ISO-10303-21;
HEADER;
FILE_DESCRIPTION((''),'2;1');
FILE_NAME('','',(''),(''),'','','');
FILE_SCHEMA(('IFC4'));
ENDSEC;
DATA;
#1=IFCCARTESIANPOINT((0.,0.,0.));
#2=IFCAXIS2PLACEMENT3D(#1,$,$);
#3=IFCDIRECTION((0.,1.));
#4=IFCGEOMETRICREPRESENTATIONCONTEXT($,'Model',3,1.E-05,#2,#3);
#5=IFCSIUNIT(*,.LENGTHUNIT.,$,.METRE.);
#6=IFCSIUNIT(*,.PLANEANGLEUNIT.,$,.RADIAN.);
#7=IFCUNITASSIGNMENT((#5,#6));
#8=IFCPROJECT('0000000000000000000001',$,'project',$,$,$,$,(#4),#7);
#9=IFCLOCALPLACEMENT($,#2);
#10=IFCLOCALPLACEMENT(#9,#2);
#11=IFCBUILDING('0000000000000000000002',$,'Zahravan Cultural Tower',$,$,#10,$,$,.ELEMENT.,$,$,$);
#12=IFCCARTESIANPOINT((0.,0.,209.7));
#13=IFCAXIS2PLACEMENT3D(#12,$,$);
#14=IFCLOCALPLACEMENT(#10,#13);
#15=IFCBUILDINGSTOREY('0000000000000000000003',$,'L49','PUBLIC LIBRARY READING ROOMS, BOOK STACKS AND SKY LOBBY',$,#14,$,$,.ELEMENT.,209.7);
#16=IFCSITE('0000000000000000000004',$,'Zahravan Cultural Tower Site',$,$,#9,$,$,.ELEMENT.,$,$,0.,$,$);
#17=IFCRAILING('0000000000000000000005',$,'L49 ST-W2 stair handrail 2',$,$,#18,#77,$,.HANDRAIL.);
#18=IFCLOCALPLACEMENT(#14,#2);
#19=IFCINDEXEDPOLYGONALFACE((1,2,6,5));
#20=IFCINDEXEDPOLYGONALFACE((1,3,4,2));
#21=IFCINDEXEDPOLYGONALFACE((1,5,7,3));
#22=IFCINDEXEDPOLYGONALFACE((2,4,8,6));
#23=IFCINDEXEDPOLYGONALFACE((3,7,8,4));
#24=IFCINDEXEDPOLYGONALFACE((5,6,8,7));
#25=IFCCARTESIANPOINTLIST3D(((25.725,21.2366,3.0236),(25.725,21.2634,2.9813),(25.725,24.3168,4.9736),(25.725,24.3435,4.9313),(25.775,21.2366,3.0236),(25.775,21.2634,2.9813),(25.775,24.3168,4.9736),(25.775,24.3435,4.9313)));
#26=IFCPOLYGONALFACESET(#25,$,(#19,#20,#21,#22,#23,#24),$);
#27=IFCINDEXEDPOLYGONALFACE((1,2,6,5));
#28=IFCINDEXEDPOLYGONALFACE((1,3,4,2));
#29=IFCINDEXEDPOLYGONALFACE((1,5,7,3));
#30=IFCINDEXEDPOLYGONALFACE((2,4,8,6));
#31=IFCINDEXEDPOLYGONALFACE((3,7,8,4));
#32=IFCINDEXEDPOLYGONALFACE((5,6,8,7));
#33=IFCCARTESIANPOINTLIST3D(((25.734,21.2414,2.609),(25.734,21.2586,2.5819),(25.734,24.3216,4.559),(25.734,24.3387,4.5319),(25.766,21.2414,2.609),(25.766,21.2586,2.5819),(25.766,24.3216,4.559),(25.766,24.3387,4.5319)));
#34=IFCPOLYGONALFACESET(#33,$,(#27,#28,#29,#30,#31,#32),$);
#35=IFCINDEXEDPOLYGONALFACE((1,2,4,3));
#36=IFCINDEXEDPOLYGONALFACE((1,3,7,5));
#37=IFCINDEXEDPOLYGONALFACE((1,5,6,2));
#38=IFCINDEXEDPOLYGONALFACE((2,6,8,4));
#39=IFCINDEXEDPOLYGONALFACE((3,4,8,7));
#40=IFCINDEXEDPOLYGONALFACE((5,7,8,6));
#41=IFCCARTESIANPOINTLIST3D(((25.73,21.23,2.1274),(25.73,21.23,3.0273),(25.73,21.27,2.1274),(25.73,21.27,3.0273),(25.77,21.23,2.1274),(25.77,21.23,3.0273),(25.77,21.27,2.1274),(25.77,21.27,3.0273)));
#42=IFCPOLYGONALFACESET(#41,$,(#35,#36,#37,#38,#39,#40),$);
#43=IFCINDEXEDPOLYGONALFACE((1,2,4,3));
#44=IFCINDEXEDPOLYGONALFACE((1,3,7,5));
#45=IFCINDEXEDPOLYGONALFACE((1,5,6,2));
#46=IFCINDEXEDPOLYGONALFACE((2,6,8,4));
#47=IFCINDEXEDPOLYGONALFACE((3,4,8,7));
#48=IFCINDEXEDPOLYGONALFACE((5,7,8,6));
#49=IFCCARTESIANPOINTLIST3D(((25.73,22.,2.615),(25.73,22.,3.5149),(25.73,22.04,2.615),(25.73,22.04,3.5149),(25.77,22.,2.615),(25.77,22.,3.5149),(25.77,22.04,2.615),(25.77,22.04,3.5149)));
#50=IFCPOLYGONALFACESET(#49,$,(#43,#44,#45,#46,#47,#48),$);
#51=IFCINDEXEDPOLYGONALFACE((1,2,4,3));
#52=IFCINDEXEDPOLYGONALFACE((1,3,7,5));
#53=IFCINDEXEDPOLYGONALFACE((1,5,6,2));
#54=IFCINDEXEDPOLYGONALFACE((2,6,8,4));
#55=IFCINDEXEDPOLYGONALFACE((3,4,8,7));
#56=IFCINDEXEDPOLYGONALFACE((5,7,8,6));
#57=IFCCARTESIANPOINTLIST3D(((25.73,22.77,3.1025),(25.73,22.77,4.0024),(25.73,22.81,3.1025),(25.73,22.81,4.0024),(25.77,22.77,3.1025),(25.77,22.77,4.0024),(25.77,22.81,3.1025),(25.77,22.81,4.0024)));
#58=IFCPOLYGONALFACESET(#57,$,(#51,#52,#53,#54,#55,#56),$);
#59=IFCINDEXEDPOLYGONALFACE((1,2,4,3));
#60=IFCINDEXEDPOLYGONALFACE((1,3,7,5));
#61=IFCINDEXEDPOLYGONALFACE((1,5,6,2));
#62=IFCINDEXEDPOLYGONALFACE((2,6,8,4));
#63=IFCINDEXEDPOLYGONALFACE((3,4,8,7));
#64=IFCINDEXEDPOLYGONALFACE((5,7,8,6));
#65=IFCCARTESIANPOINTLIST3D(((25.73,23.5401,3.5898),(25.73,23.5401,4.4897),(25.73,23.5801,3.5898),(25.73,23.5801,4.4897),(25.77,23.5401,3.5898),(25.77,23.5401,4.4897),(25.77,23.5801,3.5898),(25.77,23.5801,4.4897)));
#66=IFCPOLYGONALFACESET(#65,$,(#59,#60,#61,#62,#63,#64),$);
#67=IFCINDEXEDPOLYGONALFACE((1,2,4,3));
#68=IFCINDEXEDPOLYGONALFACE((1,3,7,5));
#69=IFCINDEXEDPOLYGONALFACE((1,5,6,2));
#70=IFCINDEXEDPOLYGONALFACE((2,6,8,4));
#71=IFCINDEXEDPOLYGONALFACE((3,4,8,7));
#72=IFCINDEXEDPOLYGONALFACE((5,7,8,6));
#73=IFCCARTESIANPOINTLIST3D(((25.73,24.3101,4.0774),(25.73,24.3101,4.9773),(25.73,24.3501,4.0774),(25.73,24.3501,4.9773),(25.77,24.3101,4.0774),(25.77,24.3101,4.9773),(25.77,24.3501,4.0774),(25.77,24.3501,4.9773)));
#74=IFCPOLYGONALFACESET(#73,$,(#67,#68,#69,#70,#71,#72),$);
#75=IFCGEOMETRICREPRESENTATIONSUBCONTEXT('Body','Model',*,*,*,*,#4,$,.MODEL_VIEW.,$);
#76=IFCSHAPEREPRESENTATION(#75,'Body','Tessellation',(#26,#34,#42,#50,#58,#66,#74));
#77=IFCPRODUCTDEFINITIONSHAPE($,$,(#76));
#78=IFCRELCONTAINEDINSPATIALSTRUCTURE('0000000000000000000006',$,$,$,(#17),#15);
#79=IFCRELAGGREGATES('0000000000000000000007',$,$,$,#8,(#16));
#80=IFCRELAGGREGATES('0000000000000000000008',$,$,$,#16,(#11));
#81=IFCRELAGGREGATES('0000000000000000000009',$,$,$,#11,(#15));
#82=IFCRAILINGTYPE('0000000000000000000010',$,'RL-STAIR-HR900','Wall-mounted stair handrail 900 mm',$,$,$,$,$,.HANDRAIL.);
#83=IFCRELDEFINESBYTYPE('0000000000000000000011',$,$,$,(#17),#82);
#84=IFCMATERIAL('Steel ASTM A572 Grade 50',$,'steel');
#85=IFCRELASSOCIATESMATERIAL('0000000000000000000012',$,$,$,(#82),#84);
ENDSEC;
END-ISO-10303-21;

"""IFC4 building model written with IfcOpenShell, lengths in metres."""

from ifc_helpers import new_model, si_unit, direction, frame, origin, origin_2d, place, context, subcontext, project, spatial, rectangle, extrude, material, type_object, element, save


model = new_model("IFC4")

# Units and contexts
model_context = context("Model", 3, precision=1e-05, world=origin(), true_north=direction((0.0, 1.0)))
body_context = subcontext(model_context, "Body", "Model", "MODEL_VIEW")
ifc_project = project(units=[si_unit("LENGTHUNIT", "METRE"), si_unit("PLANEANGLEUNIT", "RADIAN")], contexts=[model_context])

# Site, building, storey
site_placement = place(None, origin())
site = spatial("IfcSite", under=ifc_project, at=site_placement, Name="Zahravan Cultural Tower Site", CompositionType="ELEMENT", RefElevation=0.0)
building_placement = place(site_placement, origin())
building = spatial("IfcBuilding", under=site, at=building_placement, Name="Zahravan Cultural Tower", CompositionType="ELEMENT")
storey_placement = place(building_placement, frame((0.0, 0.0, 209.7)))
storey = spatial("IfcBuildingStorey", under=building, at=storey_placement, Name="L49", Description="PUBLIC LIBRARY READING ROOMS, BOOK STACKS AND SKY LOBBY", CompositionType="ELEMENT", Elevation=209.7)

# Railing
ifc_material_1 = material(Name="Steel ASTM A572 Grade 50", Category="steel")
railing_type_1 = type_object("IfcRailingType", Name="RL-STAIR-HR900", Description="Wall-mounted stair handrail 900 mm", PredefinedType="HANDRAIL", material=ifc_material_1)
railing_1_placement = place(storey_placement, frame((25.75, 21.25, 2.1274)))
element("IfcRailing", 1, at=railing_1_placement, inside=storey, type_object=railing_type_1, Name="L49 ST-W2 stair handrail 2", PredefinedType="HANDRAIL", context=body_context, shape_type="SweptSolid", body=[
    extrude(rectangle(XDim=0.05, YDim=0.05, at=origin_2d()), frame((0.0, 0.0, 0.875), z_axis=(0.0, 0.844914, 0.534902), x_axis=(-1.0, 0.0, 0.0)), (0.0, 0.0, 1.0), 3.6455),
    extrude(rectangle(XDim=0.032, YDim=0.032, at=origin_2d()), frame((0.0, 0.0, 0.468), z_axis=(0.0, 0.844914, 0.534902), x_axis=(-1.0, 0.0, 0.0)), (0.0, 0.0, 1.0), 3.6455),
    extrude(rectangle(XDim=0.04, YDim=0.04, at=origin_2d()), origin(), (0.0, 0.0, 1.0), 0.8999),
    extrude(rectangle(XDim=0.04, YDim=0.04, at=origin_2d()), frame((0.0, 0.77, 0.4875)), (0.0, 0.0, 1.0), 0.8999),
    extrude(rectangle(XDim=0.04, YDim=0.04, at=origin_2d()), frame((0.0, 1.54, 0.9751)), (0.0, 0.0, 1.0), 0.8999),
    extrude(rectangle(XDim=0.04, YDim=0.04, at=origin_2d()), frame((0.0, 2.3101, 1.4624)), (0.0, 0.0, 1.0), 0.8999),
    extrude(rectangle(XDim=0.04, YDim=0.04, at=origin_2d()), frame((0.0, 3.0801, 1.95)), (0.0, 0.0, 1.0), 0.8999),
])

save(model, "model.ifc")
